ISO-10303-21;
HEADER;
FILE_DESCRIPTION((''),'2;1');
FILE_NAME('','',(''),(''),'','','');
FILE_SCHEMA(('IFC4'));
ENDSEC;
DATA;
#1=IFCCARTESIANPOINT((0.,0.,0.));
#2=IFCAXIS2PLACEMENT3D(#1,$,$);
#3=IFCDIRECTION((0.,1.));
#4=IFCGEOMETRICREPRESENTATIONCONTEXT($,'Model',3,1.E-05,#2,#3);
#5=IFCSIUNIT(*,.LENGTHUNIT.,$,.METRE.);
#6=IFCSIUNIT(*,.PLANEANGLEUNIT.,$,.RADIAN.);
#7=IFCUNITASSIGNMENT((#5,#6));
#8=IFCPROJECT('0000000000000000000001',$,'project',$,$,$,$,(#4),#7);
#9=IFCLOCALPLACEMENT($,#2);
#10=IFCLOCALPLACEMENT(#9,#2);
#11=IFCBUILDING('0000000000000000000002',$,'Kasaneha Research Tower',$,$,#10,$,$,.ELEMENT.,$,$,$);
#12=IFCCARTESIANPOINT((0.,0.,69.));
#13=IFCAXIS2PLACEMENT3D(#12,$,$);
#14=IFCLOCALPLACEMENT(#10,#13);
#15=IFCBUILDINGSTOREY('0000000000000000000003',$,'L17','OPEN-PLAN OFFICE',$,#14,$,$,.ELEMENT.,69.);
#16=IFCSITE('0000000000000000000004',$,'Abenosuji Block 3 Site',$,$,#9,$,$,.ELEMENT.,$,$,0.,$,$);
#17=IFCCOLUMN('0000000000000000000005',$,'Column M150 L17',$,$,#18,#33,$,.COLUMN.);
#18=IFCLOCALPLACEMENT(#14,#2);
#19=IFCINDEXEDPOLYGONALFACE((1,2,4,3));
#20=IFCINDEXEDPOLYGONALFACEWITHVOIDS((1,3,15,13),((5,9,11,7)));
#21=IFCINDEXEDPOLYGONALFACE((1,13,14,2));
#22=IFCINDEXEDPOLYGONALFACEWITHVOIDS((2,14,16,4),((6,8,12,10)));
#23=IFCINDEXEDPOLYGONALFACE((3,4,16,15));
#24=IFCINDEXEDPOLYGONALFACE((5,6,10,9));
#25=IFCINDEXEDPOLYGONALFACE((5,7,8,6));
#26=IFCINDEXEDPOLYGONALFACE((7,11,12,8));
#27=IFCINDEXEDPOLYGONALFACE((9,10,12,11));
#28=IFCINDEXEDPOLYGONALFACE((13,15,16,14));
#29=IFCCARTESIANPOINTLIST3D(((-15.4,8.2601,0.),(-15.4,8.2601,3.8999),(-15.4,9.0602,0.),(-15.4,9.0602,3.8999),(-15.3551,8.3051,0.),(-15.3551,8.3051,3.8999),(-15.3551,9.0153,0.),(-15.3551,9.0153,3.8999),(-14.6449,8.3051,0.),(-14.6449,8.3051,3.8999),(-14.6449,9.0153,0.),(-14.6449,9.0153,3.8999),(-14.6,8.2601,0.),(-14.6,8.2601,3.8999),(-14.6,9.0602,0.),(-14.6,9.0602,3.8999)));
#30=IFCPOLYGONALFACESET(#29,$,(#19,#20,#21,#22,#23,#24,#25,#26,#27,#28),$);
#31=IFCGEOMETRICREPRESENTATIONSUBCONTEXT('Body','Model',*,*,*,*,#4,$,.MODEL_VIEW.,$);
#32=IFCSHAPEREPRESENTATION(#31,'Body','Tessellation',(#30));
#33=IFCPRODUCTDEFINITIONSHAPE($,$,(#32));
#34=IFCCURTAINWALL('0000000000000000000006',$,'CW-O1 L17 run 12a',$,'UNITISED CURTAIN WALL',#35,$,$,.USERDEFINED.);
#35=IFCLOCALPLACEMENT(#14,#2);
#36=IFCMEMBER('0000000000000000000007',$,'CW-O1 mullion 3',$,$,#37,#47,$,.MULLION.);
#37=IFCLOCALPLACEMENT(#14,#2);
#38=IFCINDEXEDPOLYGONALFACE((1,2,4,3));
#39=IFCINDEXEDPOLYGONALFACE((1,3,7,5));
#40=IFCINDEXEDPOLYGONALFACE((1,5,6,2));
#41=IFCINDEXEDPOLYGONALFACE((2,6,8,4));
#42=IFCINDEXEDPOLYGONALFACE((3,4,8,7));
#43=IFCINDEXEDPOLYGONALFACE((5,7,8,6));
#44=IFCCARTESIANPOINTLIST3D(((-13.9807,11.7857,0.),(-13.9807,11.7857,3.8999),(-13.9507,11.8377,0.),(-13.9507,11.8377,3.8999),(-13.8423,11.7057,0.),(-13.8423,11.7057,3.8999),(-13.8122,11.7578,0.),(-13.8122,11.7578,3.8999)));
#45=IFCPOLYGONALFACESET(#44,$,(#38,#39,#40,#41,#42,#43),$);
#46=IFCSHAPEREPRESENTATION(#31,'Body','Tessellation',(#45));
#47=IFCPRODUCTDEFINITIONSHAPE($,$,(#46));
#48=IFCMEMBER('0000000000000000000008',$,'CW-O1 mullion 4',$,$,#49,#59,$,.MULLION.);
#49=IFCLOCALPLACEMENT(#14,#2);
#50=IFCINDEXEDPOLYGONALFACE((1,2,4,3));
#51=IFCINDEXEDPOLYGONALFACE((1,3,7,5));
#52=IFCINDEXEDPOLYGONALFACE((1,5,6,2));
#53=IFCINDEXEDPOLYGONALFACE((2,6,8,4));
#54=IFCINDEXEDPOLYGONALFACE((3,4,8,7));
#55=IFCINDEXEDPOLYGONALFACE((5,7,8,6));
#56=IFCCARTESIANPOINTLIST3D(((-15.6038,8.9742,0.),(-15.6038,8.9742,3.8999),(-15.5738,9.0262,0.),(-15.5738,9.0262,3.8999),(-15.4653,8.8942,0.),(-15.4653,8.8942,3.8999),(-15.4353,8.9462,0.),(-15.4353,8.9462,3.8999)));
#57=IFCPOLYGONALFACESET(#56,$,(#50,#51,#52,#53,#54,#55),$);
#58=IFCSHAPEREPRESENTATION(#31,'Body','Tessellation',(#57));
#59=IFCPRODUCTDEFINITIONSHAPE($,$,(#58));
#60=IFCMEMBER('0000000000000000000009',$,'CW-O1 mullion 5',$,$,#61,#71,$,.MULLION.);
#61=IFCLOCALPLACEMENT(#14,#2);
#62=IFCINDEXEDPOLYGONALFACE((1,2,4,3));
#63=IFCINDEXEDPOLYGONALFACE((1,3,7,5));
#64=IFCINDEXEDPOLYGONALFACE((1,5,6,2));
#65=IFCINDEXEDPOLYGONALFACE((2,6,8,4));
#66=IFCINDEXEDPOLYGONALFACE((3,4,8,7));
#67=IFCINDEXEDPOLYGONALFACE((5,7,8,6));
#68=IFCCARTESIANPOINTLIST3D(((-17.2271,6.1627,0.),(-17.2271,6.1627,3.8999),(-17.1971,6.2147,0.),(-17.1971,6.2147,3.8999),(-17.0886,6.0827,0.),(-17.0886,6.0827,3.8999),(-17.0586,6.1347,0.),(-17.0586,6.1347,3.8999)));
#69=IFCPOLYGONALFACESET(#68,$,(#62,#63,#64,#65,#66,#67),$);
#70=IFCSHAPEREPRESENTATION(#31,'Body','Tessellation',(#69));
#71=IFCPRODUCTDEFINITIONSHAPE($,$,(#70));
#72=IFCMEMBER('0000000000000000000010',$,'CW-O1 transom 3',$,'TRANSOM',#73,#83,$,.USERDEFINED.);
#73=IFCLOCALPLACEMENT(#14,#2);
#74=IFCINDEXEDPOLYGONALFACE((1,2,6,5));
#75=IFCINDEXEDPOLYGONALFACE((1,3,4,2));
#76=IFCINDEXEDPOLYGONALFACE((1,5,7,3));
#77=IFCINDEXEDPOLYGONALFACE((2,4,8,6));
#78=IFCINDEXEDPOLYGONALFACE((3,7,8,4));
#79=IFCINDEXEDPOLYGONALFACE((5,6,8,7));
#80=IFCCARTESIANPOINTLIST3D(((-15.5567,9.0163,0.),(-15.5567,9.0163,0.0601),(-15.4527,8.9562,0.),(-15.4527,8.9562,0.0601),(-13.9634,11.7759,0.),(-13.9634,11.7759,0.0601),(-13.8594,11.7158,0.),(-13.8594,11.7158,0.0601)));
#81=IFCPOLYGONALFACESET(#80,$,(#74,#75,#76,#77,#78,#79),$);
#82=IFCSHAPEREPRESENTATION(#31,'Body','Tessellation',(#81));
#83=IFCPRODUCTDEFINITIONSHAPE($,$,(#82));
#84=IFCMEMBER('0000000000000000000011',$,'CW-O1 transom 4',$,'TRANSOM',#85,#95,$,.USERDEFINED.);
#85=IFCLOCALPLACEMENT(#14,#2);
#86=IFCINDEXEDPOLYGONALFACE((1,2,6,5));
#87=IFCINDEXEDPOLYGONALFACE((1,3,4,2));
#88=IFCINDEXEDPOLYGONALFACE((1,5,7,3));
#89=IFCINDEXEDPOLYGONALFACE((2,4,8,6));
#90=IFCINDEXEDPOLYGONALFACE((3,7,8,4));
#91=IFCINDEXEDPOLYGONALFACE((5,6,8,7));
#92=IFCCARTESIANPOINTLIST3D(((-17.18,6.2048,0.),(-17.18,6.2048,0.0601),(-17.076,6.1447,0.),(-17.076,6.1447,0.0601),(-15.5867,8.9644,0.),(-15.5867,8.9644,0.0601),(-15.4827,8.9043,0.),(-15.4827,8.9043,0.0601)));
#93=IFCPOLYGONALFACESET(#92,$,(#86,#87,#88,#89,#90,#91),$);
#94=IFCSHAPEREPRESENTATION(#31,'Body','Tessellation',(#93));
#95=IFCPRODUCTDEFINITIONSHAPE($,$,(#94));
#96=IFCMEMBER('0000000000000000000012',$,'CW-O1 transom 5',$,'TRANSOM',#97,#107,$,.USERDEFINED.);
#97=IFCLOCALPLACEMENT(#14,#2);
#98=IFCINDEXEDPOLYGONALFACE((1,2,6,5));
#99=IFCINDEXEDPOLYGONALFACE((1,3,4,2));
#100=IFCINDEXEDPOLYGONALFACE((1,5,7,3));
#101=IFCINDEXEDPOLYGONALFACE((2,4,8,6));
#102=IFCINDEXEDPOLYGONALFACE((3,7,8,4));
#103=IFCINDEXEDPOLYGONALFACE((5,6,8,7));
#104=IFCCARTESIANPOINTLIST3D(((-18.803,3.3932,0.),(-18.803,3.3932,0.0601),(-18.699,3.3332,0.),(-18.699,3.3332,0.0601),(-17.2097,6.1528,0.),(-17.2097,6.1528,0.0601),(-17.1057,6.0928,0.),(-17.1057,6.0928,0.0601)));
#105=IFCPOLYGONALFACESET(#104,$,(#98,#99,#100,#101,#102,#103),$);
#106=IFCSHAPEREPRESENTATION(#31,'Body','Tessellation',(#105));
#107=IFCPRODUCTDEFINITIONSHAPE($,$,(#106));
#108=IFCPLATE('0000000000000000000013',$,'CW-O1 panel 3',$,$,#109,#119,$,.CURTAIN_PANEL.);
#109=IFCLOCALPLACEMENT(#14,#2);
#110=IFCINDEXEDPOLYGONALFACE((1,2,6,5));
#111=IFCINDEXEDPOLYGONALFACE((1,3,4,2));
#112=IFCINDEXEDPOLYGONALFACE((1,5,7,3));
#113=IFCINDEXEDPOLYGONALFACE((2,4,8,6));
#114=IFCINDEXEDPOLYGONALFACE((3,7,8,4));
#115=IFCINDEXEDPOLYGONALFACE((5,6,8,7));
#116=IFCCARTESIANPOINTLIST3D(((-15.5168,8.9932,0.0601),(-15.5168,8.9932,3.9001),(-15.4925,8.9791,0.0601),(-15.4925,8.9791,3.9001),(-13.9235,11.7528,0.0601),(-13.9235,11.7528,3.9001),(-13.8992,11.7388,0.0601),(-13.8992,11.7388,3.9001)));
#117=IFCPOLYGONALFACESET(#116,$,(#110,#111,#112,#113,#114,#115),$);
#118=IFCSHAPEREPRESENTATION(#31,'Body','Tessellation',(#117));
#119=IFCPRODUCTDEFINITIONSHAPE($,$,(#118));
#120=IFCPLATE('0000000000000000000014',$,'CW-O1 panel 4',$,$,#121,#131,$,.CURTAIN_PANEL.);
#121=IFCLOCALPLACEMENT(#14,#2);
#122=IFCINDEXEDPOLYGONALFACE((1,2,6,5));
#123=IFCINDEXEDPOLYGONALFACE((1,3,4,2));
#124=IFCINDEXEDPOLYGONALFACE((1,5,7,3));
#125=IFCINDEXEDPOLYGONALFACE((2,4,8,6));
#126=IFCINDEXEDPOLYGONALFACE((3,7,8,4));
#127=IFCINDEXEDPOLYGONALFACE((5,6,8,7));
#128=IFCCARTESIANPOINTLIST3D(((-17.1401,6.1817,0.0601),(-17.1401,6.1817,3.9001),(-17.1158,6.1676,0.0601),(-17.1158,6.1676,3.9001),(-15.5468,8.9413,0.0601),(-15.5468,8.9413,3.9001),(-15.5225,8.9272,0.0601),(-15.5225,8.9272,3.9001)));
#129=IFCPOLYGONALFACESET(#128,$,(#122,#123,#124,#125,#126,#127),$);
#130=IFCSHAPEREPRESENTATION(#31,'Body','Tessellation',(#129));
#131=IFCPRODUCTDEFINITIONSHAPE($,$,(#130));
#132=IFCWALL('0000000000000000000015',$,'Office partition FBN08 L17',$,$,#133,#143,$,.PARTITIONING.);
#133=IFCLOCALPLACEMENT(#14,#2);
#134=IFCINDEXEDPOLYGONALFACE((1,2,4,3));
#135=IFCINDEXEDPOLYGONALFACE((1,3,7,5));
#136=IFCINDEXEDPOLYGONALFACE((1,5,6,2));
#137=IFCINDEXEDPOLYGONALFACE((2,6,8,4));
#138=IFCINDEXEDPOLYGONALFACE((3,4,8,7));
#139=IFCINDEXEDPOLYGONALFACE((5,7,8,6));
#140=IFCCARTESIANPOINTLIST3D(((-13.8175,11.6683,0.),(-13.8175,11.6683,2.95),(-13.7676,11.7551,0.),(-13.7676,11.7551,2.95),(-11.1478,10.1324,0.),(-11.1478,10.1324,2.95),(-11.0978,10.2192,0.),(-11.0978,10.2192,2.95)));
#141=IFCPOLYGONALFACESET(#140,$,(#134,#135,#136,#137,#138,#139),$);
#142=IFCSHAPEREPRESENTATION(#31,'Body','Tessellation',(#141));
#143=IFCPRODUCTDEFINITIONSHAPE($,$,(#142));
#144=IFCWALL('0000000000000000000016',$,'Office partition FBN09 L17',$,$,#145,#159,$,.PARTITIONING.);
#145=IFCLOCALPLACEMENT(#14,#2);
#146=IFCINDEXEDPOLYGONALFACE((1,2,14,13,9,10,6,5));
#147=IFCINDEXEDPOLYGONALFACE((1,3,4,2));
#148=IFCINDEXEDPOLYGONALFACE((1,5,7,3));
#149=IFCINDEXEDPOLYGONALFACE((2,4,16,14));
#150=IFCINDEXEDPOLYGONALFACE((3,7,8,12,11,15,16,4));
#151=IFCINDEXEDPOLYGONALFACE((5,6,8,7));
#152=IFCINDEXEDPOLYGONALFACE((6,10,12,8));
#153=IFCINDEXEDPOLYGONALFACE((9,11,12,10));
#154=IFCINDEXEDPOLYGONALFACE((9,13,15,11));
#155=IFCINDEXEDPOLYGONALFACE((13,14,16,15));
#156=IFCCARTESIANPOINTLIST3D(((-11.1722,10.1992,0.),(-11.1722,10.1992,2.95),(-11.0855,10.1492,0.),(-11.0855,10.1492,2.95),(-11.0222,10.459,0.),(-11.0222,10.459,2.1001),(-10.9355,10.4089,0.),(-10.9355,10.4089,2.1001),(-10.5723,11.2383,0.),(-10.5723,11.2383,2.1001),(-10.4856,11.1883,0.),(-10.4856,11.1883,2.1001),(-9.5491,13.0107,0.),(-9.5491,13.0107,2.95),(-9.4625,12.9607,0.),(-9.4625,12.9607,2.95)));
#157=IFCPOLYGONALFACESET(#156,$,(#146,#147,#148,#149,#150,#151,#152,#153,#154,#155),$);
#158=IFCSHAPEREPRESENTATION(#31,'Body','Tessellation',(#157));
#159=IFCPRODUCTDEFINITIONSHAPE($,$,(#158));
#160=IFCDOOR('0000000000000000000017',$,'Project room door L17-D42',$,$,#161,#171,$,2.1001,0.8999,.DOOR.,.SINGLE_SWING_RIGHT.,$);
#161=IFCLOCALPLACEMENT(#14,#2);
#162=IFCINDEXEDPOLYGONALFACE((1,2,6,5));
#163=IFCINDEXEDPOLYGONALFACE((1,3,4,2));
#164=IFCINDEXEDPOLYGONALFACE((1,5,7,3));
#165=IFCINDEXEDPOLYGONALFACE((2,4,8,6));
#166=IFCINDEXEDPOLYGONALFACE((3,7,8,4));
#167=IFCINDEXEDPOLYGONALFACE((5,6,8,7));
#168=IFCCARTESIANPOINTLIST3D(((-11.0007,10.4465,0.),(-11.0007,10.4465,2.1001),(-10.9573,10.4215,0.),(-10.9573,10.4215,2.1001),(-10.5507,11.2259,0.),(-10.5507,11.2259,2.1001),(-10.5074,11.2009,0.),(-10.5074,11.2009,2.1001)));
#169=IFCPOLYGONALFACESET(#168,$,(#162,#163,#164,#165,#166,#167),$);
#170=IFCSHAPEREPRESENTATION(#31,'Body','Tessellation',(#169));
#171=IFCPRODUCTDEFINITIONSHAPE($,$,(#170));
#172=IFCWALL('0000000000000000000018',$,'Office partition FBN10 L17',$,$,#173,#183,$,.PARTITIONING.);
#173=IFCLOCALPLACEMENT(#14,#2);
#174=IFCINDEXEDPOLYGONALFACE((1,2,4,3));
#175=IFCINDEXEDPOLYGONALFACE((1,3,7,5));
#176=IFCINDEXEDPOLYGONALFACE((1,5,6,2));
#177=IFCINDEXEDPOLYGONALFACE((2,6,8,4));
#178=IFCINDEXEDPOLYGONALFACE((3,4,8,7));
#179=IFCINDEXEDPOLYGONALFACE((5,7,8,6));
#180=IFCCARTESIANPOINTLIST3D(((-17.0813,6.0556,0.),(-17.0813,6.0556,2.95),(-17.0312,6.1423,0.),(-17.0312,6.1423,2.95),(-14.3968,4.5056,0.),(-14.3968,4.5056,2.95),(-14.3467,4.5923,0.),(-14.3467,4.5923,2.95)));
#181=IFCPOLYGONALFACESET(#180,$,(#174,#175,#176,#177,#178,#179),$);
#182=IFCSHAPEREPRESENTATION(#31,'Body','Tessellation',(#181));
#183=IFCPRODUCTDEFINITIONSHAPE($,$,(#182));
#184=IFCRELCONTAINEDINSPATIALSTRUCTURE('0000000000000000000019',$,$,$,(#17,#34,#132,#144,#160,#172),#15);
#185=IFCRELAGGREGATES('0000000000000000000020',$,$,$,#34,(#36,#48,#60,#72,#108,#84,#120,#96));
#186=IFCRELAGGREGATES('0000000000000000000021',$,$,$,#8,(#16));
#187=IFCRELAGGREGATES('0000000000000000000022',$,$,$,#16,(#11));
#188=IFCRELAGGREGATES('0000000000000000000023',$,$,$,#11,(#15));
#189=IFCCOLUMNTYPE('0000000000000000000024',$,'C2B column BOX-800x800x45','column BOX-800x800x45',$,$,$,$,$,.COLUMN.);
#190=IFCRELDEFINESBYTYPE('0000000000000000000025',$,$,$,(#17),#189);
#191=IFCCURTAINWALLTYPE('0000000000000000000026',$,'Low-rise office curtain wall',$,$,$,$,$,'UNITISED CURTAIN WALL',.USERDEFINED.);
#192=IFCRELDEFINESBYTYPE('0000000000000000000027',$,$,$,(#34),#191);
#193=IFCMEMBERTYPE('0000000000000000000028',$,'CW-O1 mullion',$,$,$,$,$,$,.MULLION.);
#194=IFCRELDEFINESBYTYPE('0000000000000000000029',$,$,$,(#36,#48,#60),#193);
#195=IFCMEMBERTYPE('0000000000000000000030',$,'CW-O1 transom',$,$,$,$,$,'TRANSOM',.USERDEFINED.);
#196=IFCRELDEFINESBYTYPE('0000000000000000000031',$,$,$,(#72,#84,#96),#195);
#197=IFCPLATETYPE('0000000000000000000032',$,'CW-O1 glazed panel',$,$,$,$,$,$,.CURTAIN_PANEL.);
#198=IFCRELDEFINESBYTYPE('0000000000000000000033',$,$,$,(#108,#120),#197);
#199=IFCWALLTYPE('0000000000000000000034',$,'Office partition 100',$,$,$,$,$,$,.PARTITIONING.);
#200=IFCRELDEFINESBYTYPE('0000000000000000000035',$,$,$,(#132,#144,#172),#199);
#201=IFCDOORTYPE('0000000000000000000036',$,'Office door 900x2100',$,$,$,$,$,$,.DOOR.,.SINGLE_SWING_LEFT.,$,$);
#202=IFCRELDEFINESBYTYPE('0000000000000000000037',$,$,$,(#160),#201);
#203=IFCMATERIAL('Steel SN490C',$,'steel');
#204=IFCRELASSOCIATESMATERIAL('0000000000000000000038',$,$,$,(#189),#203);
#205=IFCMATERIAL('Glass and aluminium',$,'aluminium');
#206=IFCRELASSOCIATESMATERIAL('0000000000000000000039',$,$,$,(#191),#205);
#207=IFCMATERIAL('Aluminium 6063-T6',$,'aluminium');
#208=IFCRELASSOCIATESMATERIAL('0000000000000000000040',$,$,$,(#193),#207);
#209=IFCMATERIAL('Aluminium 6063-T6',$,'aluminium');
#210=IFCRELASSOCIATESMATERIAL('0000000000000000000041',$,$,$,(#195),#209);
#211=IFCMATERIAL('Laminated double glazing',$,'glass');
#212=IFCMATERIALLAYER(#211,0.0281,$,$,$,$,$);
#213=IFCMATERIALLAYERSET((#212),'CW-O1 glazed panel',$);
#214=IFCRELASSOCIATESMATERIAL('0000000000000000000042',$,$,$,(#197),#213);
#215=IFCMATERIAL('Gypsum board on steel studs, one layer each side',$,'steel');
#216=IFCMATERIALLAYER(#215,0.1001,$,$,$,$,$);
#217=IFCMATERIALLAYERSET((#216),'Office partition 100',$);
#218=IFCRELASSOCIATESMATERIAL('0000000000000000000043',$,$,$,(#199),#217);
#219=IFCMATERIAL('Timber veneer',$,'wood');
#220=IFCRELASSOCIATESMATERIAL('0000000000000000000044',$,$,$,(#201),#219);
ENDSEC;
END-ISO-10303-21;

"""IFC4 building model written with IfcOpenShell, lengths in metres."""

from ifc_helpers import new_model, si_unit, direction, frame, frame_2d, origin, origin_2d, place, context, subcontext, project, spatial, rectangle, hollow_rectangle, extrude, material, layer, layer_set, material_profile, profile_set, type_object, element, fill, aggregate, save


model = new_model("IFC4")

# Units and contexts
model_context = context("Model", 3, precision=1e-05, world=origin(), true_north=direction((0.0, 1.0)))
body_context = subcontext(model_context, "Body", "Model", "MODEL_VIEW")
ifc_project = project(units=[si_unit("LENGTHUNIT", "METRE"), si_unit("PLANEANGLEUNIT", "RADIAN")], contexts=[model_context])

# Site, building, storey
site_placement = place(None, origin())
site = spatial("IfcSite", under=ifc_project, at=site_placement, Name="Abenosuji Block 3 Site", CompositionType="ELEMENT", RefElevation=0.0)
building_placement = place(site_placement, origin())
building = spatial("IfcBuilding", under=site, at=building_placement, Name="Kasaneha Research Tower", CompositionType="ELEMENT")
storey_placement = place(building_placement, frame((0.0, 0.0, 69.0)))
storey = spatial("IfcBuildingStorey", under=building, at=storey_placement, Name="L17", Description="OPEN-PLAN OFFICE", CompositionType="ELEMENT", Elevation=69.0)

# Column
ifc_material_1 = material(Name="Steel SN490C", Category="steel")
ifc_material_profile_1 = material_profile(ifc_material_1, hollow_rectangle(XDim=0.8, YDim=0.8, WallThickness=0.0449, at=origin_2d()), Name="BOX-800x800x45")
ifc_profile_set_1 = profile_set([ifc_material_profile_1], Name="Steel SN490C")
column_type = type_object("IfcColumnType", Name="C2B column BOX-800x800x45", Description="column BOX-800x800x45", PredefinedType="COLUMN", material=ifc_profile_set_1)
column_placement = place(storey_placement, frame((-15.0, 8.6602, 0.0), z_axis=(0.0, 0.0, 1.0), x_axis=(1.0, 0.0, 0.0)))
element("IfcColumn", 1, at=column_placement, inside=storey, type_object=column_type, Name="Column M150 L17", PredefinedType="COLUMN", context=body_context, shape_type="SweptSolid", body=[
    extrude(hollow_rectangle(XDim=0.8, YDim=0.8, WallThickness=0.0449, at=origin_2d()), origin(), (0.0, 0.0, 1.0), 3.8999),
])

# Curtain wall, members, plates
ifc_material_2 = material(Name="Glass and aluminium", Category="aluminium")
curtain_wall_type = type_object("IfcCurtainWallType", Name="Low-rise office curtain wall", ElementType="UNITISED CURTAIN WALL", PredefinedType="USERDEFINED", material=ifc_material_2)
curtain_wall_placement = place(storey_placement, origin())
curtain_wall = element("IfcCurtainWall", 2, at=curtain_wall_placement, inside=storey, type_object=curtain_wall_type, Name="CW-O1 L17 run 12a", ObjectType="UNITISED CURTAIN WALL", PredefinedType="USERDEFINED")
ifc_material_3 = material(Name="Aluminium 6063-T6", Category="aluminium")
ifc_material_profile_2 = material_profile(ifc_material_3, rectangle(XDim=0.0601, YDim=0.1599, at=origin_2d()), Name="CW-O1 mullion 60x160")
ifc_profile_set_2 = profile_set([ifc_material_profile_2], Name="Aluminium 6063-T6")
member_type_1 = type_object("IfcMemberType", Name="CW-O1 mullion", PredefinedType="MULLION", material=ifc_profile_set_2)
member_1_placement = place(storey_placement, frame((-13.8965, 11.7717, 0.0), z_axis=(0.0, 0.0, 1.0), x_axis=(-0.5, -0.866025, 0.0)))
member_1 = element("IfcMember", 3, at=member_1_placement, type_object=member_type_1, Name="CW-O1 mullion 3", PredefinedType="MULLION", context=body_context, shape_type="SweptSolid", body=[
    extrude(rectangle(XDim=0.0601, YDim=0.1599, at=origin_2d()), origin(), (0.0, 0.0, 1.0), 3.8999),
])
member_2_placement = place(storey_placement, frame((-15.5195, 8.9602, 0.0), z_axis=(0.0, 0.0, 1.0), x_axis=(-0.5, -0.866025, 0.0)))
member_2 = element("IfcMember", 4, at=member_2_placement, type_object=member_type_1, Name="CW-O1 mullion 4", PredefinedType="MULLION", context=body_context, shape_type="SweptSolid", body=[
    extrude(rectangle(XDim=0.0601, YDim=0.1599, at=origin_2d()), origin(), (0.0, 0.0, 1.0), 3.8999),
])
member_3_placement = place(storey_placement, frame((-17.1428, 6.1487, 0.0), z_axis=(0.0, 0.0, 1.0), x_axis=(-0.5, -0.866025, 0.0)))
member_3 = element("IfcMember", 5, at=member_3_placement, type_object=member_type_1, Name="CW-O1 mullion 5", PredefinedType="MULLION", context=body_context, shape_type="SweptSolid", body=[
    extrude(rectangle(XDim=0.0601, YDim=0.1599, at=origin_2d()), origin(), (0.0, 0.0, 1.0), 3.8999),
])
ifc_material_4 = material(Name="Aluminium 6063-T6", Category="aluminium")
ifc_material_profile_3 = material_profile(ifc_material_4, rectangle(XDim=0.1201, YDim=0.0601, at=origin_2d()), Name="CW-O1 transom 120x60")
ifc_profile_set_3 = profile_set([ifc_material_profile_3], Name="Aluminium 6063-T6")
member_type_2 = type_object("IfcMemberType", Name="CW-O1 transom", ElementType="TRANSOM", PredefinedType="USERDEFINED", material=ifc_profile_set_3)
member_4_placement = place(storey_placement, frame((-13.9114, 11.7458, 0.03), z_axis=(-0.500012, -0.866018, 0.0), x_axis=(0.866018, -0.500012, 0.0)))
member_4 = element("IfcMember", 6, at=member_4_placement, type_object=member_type_2, Name="CW-O1 transom 3", ObjectType="TRANSOM", PredefinedType="USERDEFINED", context=body_context, shape_type="SweptSolid", body=[
    extrude(rectangle(XDim=0.1201, YDim=0.0601, at=origin_2d()), origin(), (0.0, 0.0, 1.0), 3.1865),
])
member_5_placement = place(storey_placement, frame((-15.5347, 8.9343, 0.03), z_axis=(-0.500012, -0.866018, 0.0), x_axis=(0.866018, -0.500012, 0.0)))
member_5 = element("IfcMember", 7, at=member_5_placement, type_object=member_type_2, Name="CW-O1 transom 4", ObjectType="TRANSOM", PredefinedType="USERDEFINED", context=body_context, shape_type="SweptSolid", body=[
    extrude(rectangle(XDim=0.1201, YDim=0.0601, at=origin_2d()), origin(), (0.0, 0.0, 1.0), 3.1865),
])
member_6_placement = place(storey_placement, frame((-17.1577, 6.1228, 0.03), z_axis=(-0.500012, -0.866018, 0.0), x_axis=(0.866018, -0.500012, 0.0)))
member_6 = element("IfcMember", 8, at=member_6_placement, type_object=member_type_2, Name="CW-O1 transom 5", ObjectType="TRANSOM", PredefinedType="USERDEFINED", context=body_context, shape_type="SweptSolid", body=[
    extrude(rectangle(XDim=0.1201, YDim=0.0601, at=origin_2d()), origin(), (0.0, 0.0, 1.0), 3.1865),
])
ifc_material_5 = material(Name="Laminated double glazing", Category="glass")
ifc_layer_1 = layer(ifc_material_5, 0.0281)
ifc_layer_set_1 = layer_set([ifc_layer_1], Name="CW-O1 glazed panel")
plate_type = type_object("IfcPlateType", Name="CW-O1 glazed panel", PredefinedType="CURTAIN_PANEL", material=ifc_layer_set_1)
plate_1_placement = place(storey_placement, frame((-14.708, 10.366, 0.0601), z_axis=(0.0, 0.0, 1.0), x_axis=(-0.5, -0.866025, 0.0)))
plate_1 = element("IfcPlate", 9, at=plate_1_placement, type_object=plate_type, Name="CW-O1 panel 3", PredefinedType="CURTAIN_PANEL", context=body_context, shape_type="SweptSolid", body=[
    extrude(rectangle(XDim=3.1865, YDim=0.0281, at=origin_2d()), origin(), (0.0, 0.0, 1.0), 3.8401),
])
plate_2_placement = place(storey_placement, frame((-16.3313, 7.5544, 0.0601), z_axis=(0.0, 0.0, 1.0), x_axis=(-0.5, -0.866025, 0.0)))
plate_2 = element("IfcPlate", 10, at=plate_2_placement, type_object=plate_type, Name="CW-O1 panel 4", PredefinedType="CURTAIN_PANEL", context=body_context, shape_type="SweptSolid", body=[
    extrude(rectangle(XDim=3.1865, YDim=0.0281, at=origin_2d()), origin(), (0.0, 0.0, 1.0), 3.8401),
])
aggregate(curtain_wall, [member_1, member_2, member_3, member_4, plate_1, member_5, plate_2, member_6])

# Wall
ifc_material_6 = material(Name="Gypsum board on steel studs, one layer each side", Category="steel")
ifc_layer_2 = layer(ifc_material_6, 0.1001)
ifc_layer_set_2 = layer_set([ifc_layer_2], Name="Office partition 100")
wall_type_1 = type_object("IfcWallType", Name="Office partition 100", PredefinedType="PARTITIONING", material=ifc_layer_set_2)
wall_1_placement = place(storey_placement, frame((-11.1228, 10.1758, 0.0), z_axis=(0.0, 0.0, 1.0), x_axis=(-0.866791, 0.498672, 0.0)))
element("IfcWall", 11, at=wall_1_placement, inside=storey, type_object=wall_type_1, Name="Office partition FBN08 L17", PredefinedType="PARTITIONING", context=body_context, shape_type="SweptSolid", body=[
    extrude(rectangle(XDim=3.0801, YDim=0.1001, at=frame_2d((1.54, 0.0))), origin(), (0.0, 0.0, 1.0), 2.95),
])

# Wall, opening, door
wall_2_placement = place(storey_placement, frame((-9.5059, 12.9856, 0.0), z_axis=(0.0, 0.0, 1.0), x_axis=(-0.499957, -0.86605, 0.0)))
wall_2 = element("IfcWall", 12, at=wall_2_placement, inside=storey, type_object=wall_type_1, Name="Office partition FBN09 L17", PredefinedType="PARTITIONING", context=body_context, shape_type="SweptSolid", body=[
    extrude(rectangle(XDim=3.2463, YDim=0.1001, at=frame_2d((1.623, 0.0))), origin(), (0.0, 0.0, 1.0), 2.95),
])
opening_1_placement = place(wall_2_placement, frame((2.0464, 0.0, 0.0)))
opening_1 = element("IfcOpeningElement", 13, at=opening_1_placement, cuts=wall_2, PredefinedType="OPENING", context=body_context, shape_type="SweptSolid", body=[
    extrude(rectangle(XDim=0.8999, YDim=2.1001, at=frame_2d((0.45, 1.05))), frame((0.0, 0.0601, 0.0), z_axis=(0.0, -1.0, 0.0), x_axis=(1.0, 0.0, 0.0)), (0.0, 0.0, 1.0), 0.1201),
])
ifc_material_7 = material(Name="Timber veneer", Category="wood")
door_type_1 = type_object("IfcDoorType", Name="Office door 900x2100", OperationType="SINGLE_SWING_LEFT", PredefinedType="DOOR", material=ifc_material_7)
door_1_placement = place(opening_1_placement, origin())
door_1 = element("IfcDoor", 14, at=door_1_placement, inside=storey, type_object=door_type_1, Name="Project room door L17-D42", OperationType="SINGLE_SWING_RIGHT", OverallHeight=2.1001, OverallWidth=0.8999, PredefinedType="DOOR", context=body_context, shape_type="SweptSolid", body=[
    extrude(rectangle(XDim=0.8999, YDim=2.1001, at=frame_2d((0.45, 1.05))), frame((0.0, 0.0249, 0.0), z_axis=(0.0, -1.0, 0.0), x_axis=(1.0, 0.0, 0.0)), (0.0, 0.0, 1.0), 0.05),
])
fill(opening_1, door_1)

# Wall
wall_3_placement = place(storey_placement, frame((-17.0562, 6.0989, 0.0), z_axis=(0.0, 0.0, 1.0), x_axis=(0.86601, -0.500027, 0.0)))
element("IfcWall", 15, at=wall_3_placement, inside=storey, type_object=wall_type_1, Name="Office partition FBN10 L17", PredefinedType="PARTITIONING", context=body_context, shape_type="SweptSolid", body=[
    extrude(rectangle(XDim=3.0999, YDim=0.1001, at=frame_2d((1.5498, 0.0))), origin(), (0.0, 0.0, 1.0), 2.95),
])

save(model, "model.ifc")
